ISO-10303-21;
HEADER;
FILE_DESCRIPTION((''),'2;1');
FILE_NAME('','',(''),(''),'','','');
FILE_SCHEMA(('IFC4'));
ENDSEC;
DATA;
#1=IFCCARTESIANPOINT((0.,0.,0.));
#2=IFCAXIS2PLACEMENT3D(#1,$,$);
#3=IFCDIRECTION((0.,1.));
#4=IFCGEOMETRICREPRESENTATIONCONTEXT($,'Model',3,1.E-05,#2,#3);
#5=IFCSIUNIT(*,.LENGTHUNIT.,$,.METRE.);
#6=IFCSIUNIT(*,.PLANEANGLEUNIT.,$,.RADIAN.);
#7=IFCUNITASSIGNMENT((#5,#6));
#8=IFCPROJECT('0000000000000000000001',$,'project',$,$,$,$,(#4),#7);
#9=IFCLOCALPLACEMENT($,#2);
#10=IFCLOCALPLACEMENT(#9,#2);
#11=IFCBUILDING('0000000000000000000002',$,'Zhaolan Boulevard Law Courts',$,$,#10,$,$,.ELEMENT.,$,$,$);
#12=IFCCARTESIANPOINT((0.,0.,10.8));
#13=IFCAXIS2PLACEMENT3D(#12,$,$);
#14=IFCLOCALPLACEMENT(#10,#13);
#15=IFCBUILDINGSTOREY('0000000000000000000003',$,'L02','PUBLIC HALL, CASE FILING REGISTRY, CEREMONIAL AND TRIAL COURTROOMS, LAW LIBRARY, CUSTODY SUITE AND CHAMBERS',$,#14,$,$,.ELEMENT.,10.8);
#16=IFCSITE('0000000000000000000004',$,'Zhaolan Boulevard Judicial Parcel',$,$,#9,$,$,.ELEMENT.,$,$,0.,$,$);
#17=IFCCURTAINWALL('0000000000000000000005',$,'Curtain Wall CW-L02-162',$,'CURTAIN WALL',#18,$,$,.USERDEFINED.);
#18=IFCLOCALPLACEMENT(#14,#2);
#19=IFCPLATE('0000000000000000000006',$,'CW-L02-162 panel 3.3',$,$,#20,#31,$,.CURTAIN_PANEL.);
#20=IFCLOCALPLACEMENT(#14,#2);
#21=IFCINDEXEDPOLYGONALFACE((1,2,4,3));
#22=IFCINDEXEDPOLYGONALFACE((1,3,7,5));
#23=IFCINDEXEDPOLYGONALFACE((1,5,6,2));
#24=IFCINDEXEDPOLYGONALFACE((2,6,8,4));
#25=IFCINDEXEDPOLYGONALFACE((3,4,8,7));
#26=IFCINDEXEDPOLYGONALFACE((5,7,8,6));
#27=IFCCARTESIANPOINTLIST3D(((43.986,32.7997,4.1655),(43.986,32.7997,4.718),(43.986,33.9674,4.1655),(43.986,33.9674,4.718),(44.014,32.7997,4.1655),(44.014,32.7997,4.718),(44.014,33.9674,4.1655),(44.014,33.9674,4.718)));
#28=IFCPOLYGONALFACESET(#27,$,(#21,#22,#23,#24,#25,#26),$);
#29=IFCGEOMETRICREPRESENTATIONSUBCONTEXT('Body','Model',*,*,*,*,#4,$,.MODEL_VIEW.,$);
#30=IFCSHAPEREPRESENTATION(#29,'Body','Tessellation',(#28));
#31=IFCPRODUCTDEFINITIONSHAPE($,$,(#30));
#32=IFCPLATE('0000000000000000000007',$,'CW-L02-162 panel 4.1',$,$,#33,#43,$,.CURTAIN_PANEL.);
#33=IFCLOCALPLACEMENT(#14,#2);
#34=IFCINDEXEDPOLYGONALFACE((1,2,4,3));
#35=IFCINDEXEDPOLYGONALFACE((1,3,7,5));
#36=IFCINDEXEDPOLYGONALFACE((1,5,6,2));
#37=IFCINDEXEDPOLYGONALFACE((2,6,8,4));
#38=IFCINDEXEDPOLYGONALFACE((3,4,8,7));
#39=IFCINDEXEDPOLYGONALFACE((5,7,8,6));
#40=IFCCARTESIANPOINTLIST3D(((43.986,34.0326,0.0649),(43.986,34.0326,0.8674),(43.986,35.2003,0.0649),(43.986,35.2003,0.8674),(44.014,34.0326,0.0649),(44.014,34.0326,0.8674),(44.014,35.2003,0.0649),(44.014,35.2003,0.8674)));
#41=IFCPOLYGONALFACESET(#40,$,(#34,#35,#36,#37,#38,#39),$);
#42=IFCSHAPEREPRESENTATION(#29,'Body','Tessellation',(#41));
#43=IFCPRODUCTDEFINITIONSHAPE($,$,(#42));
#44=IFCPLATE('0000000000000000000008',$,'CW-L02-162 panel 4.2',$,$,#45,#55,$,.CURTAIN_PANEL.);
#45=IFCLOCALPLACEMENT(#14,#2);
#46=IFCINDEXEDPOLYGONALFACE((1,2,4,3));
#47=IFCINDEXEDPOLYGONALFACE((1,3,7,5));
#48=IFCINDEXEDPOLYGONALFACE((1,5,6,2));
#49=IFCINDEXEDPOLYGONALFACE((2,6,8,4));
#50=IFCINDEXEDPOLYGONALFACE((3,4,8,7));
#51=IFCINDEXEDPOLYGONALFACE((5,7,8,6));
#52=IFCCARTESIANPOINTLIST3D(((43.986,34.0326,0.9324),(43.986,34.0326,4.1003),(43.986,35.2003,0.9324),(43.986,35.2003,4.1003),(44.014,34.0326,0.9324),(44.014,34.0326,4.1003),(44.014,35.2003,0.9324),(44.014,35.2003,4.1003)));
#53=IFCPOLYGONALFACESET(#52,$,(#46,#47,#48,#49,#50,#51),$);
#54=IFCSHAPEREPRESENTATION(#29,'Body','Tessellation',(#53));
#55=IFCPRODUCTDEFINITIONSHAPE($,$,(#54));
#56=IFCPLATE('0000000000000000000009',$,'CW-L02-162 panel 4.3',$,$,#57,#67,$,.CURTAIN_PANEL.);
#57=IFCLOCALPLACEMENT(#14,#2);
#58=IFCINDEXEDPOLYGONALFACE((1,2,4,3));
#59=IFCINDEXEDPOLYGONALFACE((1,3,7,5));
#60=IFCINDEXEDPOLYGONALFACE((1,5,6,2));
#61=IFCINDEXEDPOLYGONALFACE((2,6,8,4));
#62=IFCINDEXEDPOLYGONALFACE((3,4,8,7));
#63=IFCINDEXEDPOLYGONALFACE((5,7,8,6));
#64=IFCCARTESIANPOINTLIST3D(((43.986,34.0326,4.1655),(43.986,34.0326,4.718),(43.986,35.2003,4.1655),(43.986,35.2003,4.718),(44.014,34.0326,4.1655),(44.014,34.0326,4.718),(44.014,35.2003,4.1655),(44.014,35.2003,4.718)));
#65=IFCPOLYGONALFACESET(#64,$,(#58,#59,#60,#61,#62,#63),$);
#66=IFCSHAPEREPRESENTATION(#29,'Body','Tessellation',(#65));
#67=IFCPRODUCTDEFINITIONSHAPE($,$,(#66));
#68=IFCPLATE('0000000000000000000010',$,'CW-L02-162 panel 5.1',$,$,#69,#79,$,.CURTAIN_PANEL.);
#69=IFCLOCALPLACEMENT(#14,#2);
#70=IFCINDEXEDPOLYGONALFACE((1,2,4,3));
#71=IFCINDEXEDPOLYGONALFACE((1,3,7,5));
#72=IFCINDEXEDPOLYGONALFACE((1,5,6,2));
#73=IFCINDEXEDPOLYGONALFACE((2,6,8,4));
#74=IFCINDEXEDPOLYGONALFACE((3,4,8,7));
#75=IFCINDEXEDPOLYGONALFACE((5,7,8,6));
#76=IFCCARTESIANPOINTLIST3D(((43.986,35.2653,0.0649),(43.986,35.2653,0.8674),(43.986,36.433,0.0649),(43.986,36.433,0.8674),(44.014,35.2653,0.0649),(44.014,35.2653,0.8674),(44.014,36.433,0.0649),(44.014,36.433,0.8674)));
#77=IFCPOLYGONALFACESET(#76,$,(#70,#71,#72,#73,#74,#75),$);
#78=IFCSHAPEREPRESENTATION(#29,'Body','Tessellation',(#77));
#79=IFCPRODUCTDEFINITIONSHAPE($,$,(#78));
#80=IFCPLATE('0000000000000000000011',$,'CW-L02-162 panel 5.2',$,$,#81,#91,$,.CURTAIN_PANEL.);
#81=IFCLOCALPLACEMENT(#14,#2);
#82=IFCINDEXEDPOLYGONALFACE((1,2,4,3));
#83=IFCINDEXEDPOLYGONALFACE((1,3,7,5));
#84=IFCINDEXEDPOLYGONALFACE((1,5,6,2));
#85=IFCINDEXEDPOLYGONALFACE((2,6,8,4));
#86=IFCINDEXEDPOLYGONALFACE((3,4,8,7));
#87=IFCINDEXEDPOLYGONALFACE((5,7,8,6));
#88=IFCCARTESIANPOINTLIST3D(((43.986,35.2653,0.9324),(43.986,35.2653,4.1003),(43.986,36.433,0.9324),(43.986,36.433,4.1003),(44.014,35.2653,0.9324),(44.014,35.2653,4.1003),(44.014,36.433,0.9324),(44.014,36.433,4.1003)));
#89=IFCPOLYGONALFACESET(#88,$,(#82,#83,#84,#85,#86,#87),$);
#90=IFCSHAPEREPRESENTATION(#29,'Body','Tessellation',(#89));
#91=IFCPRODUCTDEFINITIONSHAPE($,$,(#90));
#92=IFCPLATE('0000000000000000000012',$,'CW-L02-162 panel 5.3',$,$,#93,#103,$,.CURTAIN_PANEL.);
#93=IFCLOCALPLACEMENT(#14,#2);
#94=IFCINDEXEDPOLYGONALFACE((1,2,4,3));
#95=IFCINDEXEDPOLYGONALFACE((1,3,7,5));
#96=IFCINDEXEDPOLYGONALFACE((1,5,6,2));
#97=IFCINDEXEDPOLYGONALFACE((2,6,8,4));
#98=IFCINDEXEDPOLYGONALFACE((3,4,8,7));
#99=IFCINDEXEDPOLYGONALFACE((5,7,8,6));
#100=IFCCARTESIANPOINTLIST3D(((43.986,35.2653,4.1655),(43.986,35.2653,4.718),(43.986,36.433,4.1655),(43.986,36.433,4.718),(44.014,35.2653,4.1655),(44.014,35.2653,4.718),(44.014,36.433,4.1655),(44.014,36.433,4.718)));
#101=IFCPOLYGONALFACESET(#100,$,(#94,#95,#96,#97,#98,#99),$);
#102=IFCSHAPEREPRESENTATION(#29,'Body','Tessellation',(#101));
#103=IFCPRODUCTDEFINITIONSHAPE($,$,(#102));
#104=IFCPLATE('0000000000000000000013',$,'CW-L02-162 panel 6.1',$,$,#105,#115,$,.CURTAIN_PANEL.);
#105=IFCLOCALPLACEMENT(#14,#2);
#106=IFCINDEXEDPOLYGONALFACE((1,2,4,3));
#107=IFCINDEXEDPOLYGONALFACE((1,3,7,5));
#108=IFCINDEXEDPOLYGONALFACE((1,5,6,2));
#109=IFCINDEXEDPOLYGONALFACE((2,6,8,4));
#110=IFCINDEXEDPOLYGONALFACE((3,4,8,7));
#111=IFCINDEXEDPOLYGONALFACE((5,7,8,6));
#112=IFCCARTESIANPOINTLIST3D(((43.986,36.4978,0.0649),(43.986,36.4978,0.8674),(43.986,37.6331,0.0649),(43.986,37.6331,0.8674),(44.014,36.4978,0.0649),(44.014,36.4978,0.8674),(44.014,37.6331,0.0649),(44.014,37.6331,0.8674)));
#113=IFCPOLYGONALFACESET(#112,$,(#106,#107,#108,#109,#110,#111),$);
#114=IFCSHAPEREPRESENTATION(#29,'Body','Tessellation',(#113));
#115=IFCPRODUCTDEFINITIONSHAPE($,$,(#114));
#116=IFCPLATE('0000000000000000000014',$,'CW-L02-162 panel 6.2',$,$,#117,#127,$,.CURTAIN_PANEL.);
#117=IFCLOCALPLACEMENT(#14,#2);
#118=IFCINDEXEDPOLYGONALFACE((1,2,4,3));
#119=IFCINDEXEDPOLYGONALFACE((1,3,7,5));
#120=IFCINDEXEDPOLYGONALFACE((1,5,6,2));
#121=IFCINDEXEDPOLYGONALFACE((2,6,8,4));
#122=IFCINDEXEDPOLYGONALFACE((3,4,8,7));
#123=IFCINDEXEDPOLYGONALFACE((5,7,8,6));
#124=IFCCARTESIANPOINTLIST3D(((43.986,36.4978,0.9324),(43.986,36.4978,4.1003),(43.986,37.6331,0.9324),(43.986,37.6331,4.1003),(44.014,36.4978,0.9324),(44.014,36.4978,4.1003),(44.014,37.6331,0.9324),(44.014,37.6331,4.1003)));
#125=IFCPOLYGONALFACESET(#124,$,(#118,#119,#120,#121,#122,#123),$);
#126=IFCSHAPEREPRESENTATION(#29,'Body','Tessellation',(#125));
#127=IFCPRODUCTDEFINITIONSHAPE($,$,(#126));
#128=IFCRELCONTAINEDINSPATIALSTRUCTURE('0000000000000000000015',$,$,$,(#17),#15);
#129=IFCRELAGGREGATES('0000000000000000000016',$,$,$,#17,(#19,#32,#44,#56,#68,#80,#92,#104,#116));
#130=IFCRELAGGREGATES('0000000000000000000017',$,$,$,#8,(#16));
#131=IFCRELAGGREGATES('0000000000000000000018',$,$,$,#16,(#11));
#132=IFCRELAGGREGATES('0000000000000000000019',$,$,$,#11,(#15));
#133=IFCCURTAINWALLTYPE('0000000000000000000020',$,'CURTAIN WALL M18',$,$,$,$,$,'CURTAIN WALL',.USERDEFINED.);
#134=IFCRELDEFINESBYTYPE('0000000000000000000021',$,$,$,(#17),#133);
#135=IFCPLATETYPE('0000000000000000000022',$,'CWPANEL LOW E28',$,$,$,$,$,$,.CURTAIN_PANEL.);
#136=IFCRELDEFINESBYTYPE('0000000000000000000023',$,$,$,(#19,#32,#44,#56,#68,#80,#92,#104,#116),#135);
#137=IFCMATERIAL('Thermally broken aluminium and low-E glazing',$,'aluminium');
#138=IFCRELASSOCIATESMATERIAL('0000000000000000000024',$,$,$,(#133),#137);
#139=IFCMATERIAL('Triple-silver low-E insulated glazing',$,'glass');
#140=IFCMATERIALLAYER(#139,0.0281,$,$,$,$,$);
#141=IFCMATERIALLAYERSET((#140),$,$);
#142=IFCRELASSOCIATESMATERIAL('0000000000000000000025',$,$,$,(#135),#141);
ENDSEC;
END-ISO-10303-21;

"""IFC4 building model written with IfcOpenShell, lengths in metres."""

from ifc_helpers import new_model, si_unit, direction, frame, origin, origin_2d, place, context, subcontext, project, spatial, rectangle, extrude, material, layer, layer_set, type_object, element, aggregate, save


model = new_model("IFC4")

# Units and contexts
model_context = context("Model", 3, precision=1e-05, world=origin(), true_north=direction((0.0, 1.0)))
body_context = subcontext(model_context, "Body", "Model", "MODEL_VIEW")
ifc_project = project(units=[si_unit("LENGTHUNIT", "METRE"), si_unit("PLANEANGLEUNIT", "RADIAN")], contexts=[model_context])

# Site, building, storey
site_placement = place(None, origin())
site = spatial("IfcSite", under=ifc_project, at=site_placement, Name="Zhaolan Boulevard Judicial Parcel", CompositionType="ELEMENT", RefElevation=0.0)
building_placement = place(site_placement, origin())
building = spatial("IfcBuilding", under=site, at=building_placement, Name="Zhaolan Boulevard Law Courts", CompositionType="ELEMENT")
storey_placement = place(building_placement, frame((0.0, 0.0, 10.8)))
storey = spatial("IfcBuildingStorey", under=building, at=storey_placement, Name="L02", Description="PUBLIC HALL, CASE FILING REGISTRY, CEREMONIAL AND TRIAL COURTROOMS, LAW LIBRARY, CUSTODY SUITE AND CHAMBERS", CompositionType="ELEMENT", Elevation=10.8)

# Curtain wall, plates
ifc_material_1 = material(Name="Thermally broken aluminium and low-E glazing", Category="aluminium")
curtain_wall_type = type_object("IfcCurtainWallType", Name="CURTAIN WALL M18", ElementType="CURTAIN WALL", PredefinedType="USERDEFINED", material=ifc_material_1)
curtain_wall_placement = place(storey_placement, origin())
curtain_wall = element("IfcCurtainWall", 1, at=curtain_wall_placement, inside=storey, type_object=curtain_wall_type, Name="Curtain Wall CW-L02-162", ObjectType="CURTAIN WALL", PredefinedType="USERDEFINED")
ifc_material_2 = material(Name="Triple-silver low-E insulated glazing", Category="glass")
ifc_layer = layer(ifc_material_2, 0.0281)
ifc_layer_set = layer_set([ifc_layer])
plate_type = type_object("IfcPlateType", Name="CWPANEL LOW E28", PredefinedType="CURTAIN_PANEL", material=ifc_layer_set)
plate_1_placement = place(storey_placement, frame((44.0, 33.3835, 4.1655), z_axis=(0.0, 0.0, 1.0), x_axis=(0.0, 1.0, 0.0)))
plate_1 = element("IfcPlate", 2, at=plate_1_placement, type_object=plate_type, Name="CW-L02-162 panel 3.3", PredefinedType="CURTAIN_PANEL", context=body_context, shape_type="SweptSolid", body=[
    extrude(rectangle(XDim=1.1677, YDim=0.0281, at=origin_2d()), origin(), (0.0, 0.0, 1.0), 0.5525),
])
plate_2_placement = place(storey_placement, frame((44.0, 34.6165, 0.0649), z_axis=(0.0, 0.0, 1.0), x_axis=(0.0, 1.0, 0.0)))
plate_2 = element("IfcPlate", 3, at=plate_2_placement, type_object=plate_type, Name="CW-L02-162 panel 4.1", PredefinedType="CURTAIN_PANEL", context=body_context, shape_type="SweptSolid", body=[
    extrude(rectangle(XDim=1.1677, YDim=0.0281, at=origin_2d()), origin(), (0.0, 0.0, 1.0), 0.8025),
])
plate_3_placement = place(storey_placement, frame((44.0, 34.6165, 0.9324), z_axis=(0.0, 0.0, 1.0), x_axis=(0.0, 1.0, 0.0)))
plate_3 = element("IfcPlate", 4, at=plate_3_placement, type_object=plate_type, Name="CW-L02-162 panel 4.2", PredefinedType="CURTAIN_PANEL", context=body_context, shape_type="SweptSolid", body=[
    extrude(rectangle(XDim=1.1677, YDim=0.0281, at=origin_2d()), origin(), (0.0, 0.0, 1.0), 3.168),
])
plate_4_placement = place(storey_placement, frame((44.0, 34.6165, 4.1655), z_axis=(0.0, 0.0, 1.0), x_axis=(0.0, 1.0, 0.0)))
plate_4 = element("IfcPlate", 5, at=plate_4_placement, type_object=plate_type, Name="CW-L02-162 panel 4.3", PredefinedType="CURTAIN_PANEL", context=body_context, shape_type="SweptSolid", body=[
    extrude(rectangle(XDim=1.1677, YDim=0.0281, at=origin_2d()), origin(), (0.0, 0.0, 1.0), 0.5525),
])
plate_5_placement = place(storey_placement, frame((44.0, 35.8491, 0.0649), z_axis=(0.0, 0.0, 1.0), x_axis=(0.0, 1.0, 0.0)))
plate_5 = element("IfcPlate", 6, at=plate_5_placement, type_object=plate_type, Name="CW-L02-162 panel 5.1", PredefinedType="CURTAIN_PANEL", context=body_context, shape_type="SweptSolid", body=[
    extrude(rectangle(XDim=1.1677, YDim=0.0281, at=origin_2d()), origin(), (0.0, 0.0, 1.0), 0.8025),
])
plate_6_placement = place(storey_placement, frame((44.0, 35.8491, 0.9324), z_axis=(0.0, 0.0, 1.0), x_axis=(0.0, 1.0, 0.0)))
plate_6 = element("IfcPlate", 7, at=plate_6_placement, type_object=plate_type, Name="CW-L02-162 panel 5.2", PredefinedType="CURTAIN_PANEL", context=body_context, shape_type="SweptSolid", body=[
    extrude(rectangle(XDim=1.1677, YDim=0.0281, at=origin_2d()), origin(), (0.0, 0.0, 1.0), 3.168),
])
plate_7_placement = place(storey_placement, frame((44.0, 35.8491, 4.1655), z_axis=(0.0, 0.0, 1.0), x_axis=(0.0, 1.0, 0.0)))
plate_7 = element("IfcPlate", 8, at=plate_7_placement, type_object=plate_type, Name="CW-L02-162 panel 5.3", PredefinedType="CURTAIN_PANEL", context=body_context, shape_type="SweptSolid", body=[
    extrude(rectangle(XDim=1.1677, YDim=0.0281, at=origin_2d()), origin(), (0.0, 0.0, 1.0), 0.5525),
])
plate_8_placement = place(storey_placement, frame((44.0, 37.0654, 0.0649), z_axis=(0.0, 0.0, 1.0), x_axis=(0.0, 1.0, 0.0)))
plate_8 = element("IfcPlate", 9, at=plate_8_placement, type_object=plate_type, Name="CW-L02-162 panel 6.1", PredefinedType="CURTAIN_PANEL", context=body_context, shape_type="SweptSolid", body=[
    extrude(rectangle(XDim=1.1353, YDim=0.0281, at=origin_2d()), origin(), (0.0, 0.0, 1.0), 0.8025),
])
plate_9_placement = place(storey_placement, frame((44.0, 37.0654, 0.9324), z_axis=(0.0, 0.0, 1.0), x_axis=(0.0, 1.0, 0.0)))
plate_9 = element("IfcPlate", 10, at=plate_9_placement, type_object=plate_type, Name="CW-L02-162 panel 6.2", PredefinedType="CURTAIN_PANEL", context=body_context, shape_type="SweptSolid", body=[
    extrude(rectangle(XDim=1.1353, YDim=0.0281, at=origin_2d()), origin(), (0.0, 0.0, 1.0), 3.168),
])
aggregate(curtain_wall, [plate_1, plate_2, plate_3, plate_4, plate_5, plate_6, plate_7, plate_8, plate_9])

save(model, "model.ifc")
